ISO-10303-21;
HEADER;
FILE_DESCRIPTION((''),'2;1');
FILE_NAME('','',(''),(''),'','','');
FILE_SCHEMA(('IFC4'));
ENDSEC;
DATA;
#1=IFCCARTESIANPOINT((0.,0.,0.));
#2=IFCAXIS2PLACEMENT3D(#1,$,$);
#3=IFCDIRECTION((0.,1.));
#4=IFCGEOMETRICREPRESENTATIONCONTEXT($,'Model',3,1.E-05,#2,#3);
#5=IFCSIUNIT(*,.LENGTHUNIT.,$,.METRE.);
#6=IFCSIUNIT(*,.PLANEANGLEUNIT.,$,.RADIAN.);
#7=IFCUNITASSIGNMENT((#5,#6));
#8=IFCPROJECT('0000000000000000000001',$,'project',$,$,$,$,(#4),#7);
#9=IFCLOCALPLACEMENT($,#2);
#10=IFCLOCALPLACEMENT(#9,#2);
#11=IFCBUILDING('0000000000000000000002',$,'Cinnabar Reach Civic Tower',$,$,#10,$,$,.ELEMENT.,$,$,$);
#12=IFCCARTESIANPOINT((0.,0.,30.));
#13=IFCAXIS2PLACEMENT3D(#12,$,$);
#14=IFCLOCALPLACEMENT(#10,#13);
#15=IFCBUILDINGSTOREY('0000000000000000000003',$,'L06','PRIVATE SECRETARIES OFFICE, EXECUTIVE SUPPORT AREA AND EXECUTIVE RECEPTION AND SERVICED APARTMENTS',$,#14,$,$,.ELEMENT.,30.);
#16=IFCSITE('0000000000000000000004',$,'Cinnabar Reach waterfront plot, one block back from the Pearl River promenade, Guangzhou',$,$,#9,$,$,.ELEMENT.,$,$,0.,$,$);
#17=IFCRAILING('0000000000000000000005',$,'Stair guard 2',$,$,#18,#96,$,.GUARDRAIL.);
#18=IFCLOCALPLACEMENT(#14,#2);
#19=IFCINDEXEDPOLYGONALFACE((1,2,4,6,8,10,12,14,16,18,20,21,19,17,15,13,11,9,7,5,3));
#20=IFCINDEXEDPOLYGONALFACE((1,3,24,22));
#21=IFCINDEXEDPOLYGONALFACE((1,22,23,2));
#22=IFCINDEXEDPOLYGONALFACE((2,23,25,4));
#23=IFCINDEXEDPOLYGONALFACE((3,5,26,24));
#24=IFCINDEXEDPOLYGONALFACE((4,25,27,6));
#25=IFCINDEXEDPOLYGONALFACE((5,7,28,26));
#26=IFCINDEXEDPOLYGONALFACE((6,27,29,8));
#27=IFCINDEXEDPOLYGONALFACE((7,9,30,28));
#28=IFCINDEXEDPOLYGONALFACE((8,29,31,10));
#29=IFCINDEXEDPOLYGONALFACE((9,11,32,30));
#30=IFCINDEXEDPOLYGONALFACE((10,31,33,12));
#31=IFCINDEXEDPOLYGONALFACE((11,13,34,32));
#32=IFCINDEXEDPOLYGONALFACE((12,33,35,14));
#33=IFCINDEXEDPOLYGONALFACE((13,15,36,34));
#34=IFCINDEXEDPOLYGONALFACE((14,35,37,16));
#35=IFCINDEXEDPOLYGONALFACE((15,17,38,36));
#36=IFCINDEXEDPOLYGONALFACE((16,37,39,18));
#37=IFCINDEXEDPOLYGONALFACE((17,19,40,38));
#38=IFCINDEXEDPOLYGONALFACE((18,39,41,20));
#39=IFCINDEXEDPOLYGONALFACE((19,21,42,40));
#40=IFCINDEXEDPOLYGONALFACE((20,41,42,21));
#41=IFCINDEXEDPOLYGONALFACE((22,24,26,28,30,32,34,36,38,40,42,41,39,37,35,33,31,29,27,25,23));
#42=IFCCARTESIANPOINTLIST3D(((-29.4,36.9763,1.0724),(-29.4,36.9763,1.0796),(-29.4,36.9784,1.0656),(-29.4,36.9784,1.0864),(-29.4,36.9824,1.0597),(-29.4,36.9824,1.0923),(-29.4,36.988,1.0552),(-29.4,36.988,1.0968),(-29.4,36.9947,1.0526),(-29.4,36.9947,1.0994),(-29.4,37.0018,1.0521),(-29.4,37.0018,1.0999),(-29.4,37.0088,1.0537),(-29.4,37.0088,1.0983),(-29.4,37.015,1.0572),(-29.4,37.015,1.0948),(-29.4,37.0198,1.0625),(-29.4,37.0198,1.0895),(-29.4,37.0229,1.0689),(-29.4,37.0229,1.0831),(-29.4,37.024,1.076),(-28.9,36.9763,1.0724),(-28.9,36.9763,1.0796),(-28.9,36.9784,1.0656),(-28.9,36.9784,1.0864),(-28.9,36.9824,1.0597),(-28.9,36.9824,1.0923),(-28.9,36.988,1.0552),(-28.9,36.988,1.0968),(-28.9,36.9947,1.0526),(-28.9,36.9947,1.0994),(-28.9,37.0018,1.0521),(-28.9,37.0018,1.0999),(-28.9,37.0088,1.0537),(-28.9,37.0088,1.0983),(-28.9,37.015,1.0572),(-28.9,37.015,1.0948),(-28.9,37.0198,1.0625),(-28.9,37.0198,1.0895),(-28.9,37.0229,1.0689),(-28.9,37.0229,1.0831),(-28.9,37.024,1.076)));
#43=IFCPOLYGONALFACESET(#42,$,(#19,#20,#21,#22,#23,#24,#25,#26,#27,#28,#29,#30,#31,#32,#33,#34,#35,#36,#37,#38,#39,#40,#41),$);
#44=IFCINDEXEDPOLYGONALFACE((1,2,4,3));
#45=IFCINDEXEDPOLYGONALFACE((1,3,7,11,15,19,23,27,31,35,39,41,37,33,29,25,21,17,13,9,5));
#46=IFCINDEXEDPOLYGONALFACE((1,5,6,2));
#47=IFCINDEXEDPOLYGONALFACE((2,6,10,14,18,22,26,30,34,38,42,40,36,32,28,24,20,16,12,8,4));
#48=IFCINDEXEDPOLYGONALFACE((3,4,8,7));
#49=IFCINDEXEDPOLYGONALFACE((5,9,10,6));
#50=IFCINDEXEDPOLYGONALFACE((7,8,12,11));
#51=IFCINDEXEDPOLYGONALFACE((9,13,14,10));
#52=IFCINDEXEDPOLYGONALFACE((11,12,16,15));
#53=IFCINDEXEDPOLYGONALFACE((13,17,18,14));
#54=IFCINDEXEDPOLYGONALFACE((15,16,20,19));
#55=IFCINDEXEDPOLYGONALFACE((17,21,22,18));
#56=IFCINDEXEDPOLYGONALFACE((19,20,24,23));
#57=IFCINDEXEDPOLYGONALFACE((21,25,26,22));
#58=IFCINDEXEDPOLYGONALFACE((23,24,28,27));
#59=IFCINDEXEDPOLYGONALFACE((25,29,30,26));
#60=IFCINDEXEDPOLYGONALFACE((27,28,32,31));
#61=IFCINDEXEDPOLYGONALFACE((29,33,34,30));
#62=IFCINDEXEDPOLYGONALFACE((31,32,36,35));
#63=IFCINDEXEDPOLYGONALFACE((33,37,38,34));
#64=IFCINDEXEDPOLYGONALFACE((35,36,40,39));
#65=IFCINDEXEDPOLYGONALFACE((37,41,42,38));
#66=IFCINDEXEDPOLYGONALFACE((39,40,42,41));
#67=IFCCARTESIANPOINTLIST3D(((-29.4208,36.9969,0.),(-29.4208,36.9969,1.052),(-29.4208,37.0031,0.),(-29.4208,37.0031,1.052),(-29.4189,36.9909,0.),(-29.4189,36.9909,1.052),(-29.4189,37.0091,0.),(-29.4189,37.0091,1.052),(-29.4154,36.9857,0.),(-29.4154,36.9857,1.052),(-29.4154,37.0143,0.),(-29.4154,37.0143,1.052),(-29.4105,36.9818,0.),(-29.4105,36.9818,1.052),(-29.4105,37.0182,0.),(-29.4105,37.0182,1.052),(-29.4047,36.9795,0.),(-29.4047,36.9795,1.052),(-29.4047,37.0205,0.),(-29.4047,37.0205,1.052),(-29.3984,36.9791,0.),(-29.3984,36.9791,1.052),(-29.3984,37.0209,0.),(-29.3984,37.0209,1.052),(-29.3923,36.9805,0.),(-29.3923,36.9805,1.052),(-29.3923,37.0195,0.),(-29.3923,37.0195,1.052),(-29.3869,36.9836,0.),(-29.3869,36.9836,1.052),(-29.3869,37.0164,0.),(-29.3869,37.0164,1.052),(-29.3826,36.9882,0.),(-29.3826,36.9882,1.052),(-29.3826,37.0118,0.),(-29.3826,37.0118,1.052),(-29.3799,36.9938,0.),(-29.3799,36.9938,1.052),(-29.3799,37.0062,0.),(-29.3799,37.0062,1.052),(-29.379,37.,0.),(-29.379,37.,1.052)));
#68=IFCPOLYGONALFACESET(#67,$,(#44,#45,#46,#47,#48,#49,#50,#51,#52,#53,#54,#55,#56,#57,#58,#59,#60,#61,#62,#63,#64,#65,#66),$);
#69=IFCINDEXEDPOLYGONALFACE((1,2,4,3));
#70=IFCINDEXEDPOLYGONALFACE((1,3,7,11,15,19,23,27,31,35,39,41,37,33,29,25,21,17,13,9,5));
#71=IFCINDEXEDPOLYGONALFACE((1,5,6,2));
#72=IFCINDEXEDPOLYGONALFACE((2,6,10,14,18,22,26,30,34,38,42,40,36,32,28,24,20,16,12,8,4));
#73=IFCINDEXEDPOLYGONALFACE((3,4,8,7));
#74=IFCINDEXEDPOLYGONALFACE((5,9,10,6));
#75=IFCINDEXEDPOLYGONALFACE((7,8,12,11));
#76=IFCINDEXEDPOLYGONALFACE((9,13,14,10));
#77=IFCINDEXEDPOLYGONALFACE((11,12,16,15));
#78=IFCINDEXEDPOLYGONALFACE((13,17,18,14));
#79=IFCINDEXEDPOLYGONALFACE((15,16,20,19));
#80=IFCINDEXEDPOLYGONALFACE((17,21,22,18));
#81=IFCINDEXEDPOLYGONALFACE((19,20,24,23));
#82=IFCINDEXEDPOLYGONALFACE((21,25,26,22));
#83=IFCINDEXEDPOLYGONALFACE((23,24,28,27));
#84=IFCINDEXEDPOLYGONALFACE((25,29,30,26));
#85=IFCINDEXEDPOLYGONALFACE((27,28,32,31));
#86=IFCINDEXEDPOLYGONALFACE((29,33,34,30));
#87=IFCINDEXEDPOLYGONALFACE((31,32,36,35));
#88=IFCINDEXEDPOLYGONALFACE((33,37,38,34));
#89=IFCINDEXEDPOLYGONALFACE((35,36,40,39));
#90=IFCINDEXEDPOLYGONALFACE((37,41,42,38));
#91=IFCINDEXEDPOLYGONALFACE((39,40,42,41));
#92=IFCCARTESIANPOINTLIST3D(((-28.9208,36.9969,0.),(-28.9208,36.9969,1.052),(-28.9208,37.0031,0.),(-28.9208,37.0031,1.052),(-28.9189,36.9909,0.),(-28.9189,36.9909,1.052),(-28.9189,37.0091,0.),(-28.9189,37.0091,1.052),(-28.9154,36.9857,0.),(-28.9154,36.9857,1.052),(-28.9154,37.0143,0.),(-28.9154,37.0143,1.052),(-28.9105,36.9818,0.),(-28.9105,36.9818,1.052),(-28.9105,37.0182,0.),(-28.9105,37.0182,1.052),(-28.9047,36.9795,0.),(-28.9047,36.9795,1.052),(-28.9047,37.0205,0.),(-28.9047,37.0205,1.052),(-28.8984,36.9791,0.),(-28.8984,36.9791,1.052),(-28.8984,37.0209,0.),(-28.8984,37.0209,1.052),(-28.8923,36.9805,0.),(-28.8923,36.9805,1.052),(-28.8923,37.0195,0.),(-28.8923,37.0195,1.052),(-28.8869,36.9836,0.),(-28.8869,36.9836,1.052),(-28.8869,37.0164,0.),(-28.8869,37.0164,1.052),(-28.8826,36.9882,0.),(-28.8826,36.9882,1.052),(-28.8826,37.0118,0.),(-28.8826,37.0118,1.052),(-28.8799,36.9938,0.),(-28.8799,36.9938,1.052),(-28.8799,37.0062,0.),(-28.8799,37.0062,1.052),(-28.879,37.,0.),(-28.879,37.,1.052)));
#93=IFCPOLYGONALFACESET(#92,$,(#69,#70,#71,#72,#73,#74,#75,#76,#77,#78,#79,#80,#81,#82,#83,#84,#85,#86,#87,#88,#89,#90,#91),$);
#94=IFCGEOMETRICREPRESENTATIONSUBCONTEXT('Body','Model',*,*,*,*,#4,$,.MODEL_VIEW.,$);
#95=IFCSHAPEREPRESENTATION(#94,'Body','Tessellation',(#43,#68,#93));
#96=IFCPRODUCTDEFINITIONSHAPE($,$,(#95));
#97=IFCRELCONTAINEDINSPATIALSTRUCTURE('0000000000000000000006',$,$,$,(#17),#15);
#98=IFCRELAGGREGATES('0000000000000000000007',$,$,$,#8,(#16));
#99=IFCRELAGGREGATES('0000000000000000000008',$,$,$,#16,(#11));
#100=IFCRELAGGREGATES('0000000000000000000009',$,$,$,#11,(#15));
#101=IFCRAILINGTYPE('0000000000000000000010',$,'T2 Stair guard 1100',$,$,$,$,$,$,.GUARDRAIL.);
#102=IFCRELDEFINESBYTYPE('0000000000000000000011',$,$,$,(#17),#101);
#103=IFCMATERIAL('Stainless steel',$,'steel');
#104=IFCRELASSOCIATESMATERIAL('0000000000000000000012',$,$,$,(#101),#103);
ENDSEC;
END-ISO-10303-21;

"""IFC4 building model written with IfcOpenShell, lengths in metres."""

from ifc_helpers import new_model, si_unit, direction, frame, origin, origin_2d, place, context, subcontext, project, spatial, circle, extrude, material, type_object, element, save


model = new_model("IFC4")

# Units and contexts
model_context = context("Model", 3, precision=1e-05, world=origin(), true_north=direction((0.0, 1.0)))
body_context = subcontext(model_context, "Body", "Model", "MODEL_VIEW")
ifc_project = project(units=[si_unit("LENGTHUNIT", "METRE"), si_unit("PLANEANGLEUNIT", "RADIAN")], contexts=[model_context])

# Site, building, storey
site_placement = place(None, origin())
site = spatial("IfcSite", under=ifc_project, at=site_placement, Name="Cinnabar Reach waterfront plot, one block back from the Pearl River promenade, Guangzhou", CompositionType="ELEMENT", RefElevation=0.0)
building_placement = place(site_placement, origin())
building = spatial("IfcBuilding", under=site, at=building_placement, Name="Cinnabar Reach Civic Tower", CompositionType="ELEMENT")
storey_placement = place(building_placement, frame((0.0, 0.0, 30.0)))
storey = spatial("IfcBuildingStorey", under=building, at=storey_placement, Name="L06", Description="PRIVATE SECRETARIES OFFICE, EXECUTIVE SUPPORT AREA AND EXECUTIVE RECEPTION AND SERVICED APARTMENTS", CompositionType="ELEMENT", Elevation=30.0)

# Railing
ifc_material_1 = material(Name="Stainless steel", Category="steel")
railing_type = type_object("IfcRailingType", Name="T2 Stair guard 1100", PredefinedType="GUARDRAIL", material=ifc_material_1)
railing_1_placement = place(storey_placement, frame((-29.4, 37.0, 0.0)))
element("IfcRailing", 1, at=railing_1_placement, inside=storey, type_object=railing_type, Name="Stair guard 2", PredefinedType="GUARDRAIL", context=body_context, shape_type="SweptSolid", body=[
    extrude(circle(Radius=0.024, at=origin_2d()), frame((0.0, 0.0, 1.076), z_axis=(1.0, 0.0, 0.0), x_axis=(0.0, 1.0, 0.0)), (0.0, 0.0, 1.0), 0.5),
    extrude(circle(Radius=0.021, at=origin_2d()), origin(), (0.0, 0.0, 1.0), 1.052),
    extrude(circle(Radius=0.021, at=origin_2d()), frame((0.5, 0.0, 0.0)), (0.0, 0.0, 1.0), 1.052),
])

save(model, "model.ifc")
